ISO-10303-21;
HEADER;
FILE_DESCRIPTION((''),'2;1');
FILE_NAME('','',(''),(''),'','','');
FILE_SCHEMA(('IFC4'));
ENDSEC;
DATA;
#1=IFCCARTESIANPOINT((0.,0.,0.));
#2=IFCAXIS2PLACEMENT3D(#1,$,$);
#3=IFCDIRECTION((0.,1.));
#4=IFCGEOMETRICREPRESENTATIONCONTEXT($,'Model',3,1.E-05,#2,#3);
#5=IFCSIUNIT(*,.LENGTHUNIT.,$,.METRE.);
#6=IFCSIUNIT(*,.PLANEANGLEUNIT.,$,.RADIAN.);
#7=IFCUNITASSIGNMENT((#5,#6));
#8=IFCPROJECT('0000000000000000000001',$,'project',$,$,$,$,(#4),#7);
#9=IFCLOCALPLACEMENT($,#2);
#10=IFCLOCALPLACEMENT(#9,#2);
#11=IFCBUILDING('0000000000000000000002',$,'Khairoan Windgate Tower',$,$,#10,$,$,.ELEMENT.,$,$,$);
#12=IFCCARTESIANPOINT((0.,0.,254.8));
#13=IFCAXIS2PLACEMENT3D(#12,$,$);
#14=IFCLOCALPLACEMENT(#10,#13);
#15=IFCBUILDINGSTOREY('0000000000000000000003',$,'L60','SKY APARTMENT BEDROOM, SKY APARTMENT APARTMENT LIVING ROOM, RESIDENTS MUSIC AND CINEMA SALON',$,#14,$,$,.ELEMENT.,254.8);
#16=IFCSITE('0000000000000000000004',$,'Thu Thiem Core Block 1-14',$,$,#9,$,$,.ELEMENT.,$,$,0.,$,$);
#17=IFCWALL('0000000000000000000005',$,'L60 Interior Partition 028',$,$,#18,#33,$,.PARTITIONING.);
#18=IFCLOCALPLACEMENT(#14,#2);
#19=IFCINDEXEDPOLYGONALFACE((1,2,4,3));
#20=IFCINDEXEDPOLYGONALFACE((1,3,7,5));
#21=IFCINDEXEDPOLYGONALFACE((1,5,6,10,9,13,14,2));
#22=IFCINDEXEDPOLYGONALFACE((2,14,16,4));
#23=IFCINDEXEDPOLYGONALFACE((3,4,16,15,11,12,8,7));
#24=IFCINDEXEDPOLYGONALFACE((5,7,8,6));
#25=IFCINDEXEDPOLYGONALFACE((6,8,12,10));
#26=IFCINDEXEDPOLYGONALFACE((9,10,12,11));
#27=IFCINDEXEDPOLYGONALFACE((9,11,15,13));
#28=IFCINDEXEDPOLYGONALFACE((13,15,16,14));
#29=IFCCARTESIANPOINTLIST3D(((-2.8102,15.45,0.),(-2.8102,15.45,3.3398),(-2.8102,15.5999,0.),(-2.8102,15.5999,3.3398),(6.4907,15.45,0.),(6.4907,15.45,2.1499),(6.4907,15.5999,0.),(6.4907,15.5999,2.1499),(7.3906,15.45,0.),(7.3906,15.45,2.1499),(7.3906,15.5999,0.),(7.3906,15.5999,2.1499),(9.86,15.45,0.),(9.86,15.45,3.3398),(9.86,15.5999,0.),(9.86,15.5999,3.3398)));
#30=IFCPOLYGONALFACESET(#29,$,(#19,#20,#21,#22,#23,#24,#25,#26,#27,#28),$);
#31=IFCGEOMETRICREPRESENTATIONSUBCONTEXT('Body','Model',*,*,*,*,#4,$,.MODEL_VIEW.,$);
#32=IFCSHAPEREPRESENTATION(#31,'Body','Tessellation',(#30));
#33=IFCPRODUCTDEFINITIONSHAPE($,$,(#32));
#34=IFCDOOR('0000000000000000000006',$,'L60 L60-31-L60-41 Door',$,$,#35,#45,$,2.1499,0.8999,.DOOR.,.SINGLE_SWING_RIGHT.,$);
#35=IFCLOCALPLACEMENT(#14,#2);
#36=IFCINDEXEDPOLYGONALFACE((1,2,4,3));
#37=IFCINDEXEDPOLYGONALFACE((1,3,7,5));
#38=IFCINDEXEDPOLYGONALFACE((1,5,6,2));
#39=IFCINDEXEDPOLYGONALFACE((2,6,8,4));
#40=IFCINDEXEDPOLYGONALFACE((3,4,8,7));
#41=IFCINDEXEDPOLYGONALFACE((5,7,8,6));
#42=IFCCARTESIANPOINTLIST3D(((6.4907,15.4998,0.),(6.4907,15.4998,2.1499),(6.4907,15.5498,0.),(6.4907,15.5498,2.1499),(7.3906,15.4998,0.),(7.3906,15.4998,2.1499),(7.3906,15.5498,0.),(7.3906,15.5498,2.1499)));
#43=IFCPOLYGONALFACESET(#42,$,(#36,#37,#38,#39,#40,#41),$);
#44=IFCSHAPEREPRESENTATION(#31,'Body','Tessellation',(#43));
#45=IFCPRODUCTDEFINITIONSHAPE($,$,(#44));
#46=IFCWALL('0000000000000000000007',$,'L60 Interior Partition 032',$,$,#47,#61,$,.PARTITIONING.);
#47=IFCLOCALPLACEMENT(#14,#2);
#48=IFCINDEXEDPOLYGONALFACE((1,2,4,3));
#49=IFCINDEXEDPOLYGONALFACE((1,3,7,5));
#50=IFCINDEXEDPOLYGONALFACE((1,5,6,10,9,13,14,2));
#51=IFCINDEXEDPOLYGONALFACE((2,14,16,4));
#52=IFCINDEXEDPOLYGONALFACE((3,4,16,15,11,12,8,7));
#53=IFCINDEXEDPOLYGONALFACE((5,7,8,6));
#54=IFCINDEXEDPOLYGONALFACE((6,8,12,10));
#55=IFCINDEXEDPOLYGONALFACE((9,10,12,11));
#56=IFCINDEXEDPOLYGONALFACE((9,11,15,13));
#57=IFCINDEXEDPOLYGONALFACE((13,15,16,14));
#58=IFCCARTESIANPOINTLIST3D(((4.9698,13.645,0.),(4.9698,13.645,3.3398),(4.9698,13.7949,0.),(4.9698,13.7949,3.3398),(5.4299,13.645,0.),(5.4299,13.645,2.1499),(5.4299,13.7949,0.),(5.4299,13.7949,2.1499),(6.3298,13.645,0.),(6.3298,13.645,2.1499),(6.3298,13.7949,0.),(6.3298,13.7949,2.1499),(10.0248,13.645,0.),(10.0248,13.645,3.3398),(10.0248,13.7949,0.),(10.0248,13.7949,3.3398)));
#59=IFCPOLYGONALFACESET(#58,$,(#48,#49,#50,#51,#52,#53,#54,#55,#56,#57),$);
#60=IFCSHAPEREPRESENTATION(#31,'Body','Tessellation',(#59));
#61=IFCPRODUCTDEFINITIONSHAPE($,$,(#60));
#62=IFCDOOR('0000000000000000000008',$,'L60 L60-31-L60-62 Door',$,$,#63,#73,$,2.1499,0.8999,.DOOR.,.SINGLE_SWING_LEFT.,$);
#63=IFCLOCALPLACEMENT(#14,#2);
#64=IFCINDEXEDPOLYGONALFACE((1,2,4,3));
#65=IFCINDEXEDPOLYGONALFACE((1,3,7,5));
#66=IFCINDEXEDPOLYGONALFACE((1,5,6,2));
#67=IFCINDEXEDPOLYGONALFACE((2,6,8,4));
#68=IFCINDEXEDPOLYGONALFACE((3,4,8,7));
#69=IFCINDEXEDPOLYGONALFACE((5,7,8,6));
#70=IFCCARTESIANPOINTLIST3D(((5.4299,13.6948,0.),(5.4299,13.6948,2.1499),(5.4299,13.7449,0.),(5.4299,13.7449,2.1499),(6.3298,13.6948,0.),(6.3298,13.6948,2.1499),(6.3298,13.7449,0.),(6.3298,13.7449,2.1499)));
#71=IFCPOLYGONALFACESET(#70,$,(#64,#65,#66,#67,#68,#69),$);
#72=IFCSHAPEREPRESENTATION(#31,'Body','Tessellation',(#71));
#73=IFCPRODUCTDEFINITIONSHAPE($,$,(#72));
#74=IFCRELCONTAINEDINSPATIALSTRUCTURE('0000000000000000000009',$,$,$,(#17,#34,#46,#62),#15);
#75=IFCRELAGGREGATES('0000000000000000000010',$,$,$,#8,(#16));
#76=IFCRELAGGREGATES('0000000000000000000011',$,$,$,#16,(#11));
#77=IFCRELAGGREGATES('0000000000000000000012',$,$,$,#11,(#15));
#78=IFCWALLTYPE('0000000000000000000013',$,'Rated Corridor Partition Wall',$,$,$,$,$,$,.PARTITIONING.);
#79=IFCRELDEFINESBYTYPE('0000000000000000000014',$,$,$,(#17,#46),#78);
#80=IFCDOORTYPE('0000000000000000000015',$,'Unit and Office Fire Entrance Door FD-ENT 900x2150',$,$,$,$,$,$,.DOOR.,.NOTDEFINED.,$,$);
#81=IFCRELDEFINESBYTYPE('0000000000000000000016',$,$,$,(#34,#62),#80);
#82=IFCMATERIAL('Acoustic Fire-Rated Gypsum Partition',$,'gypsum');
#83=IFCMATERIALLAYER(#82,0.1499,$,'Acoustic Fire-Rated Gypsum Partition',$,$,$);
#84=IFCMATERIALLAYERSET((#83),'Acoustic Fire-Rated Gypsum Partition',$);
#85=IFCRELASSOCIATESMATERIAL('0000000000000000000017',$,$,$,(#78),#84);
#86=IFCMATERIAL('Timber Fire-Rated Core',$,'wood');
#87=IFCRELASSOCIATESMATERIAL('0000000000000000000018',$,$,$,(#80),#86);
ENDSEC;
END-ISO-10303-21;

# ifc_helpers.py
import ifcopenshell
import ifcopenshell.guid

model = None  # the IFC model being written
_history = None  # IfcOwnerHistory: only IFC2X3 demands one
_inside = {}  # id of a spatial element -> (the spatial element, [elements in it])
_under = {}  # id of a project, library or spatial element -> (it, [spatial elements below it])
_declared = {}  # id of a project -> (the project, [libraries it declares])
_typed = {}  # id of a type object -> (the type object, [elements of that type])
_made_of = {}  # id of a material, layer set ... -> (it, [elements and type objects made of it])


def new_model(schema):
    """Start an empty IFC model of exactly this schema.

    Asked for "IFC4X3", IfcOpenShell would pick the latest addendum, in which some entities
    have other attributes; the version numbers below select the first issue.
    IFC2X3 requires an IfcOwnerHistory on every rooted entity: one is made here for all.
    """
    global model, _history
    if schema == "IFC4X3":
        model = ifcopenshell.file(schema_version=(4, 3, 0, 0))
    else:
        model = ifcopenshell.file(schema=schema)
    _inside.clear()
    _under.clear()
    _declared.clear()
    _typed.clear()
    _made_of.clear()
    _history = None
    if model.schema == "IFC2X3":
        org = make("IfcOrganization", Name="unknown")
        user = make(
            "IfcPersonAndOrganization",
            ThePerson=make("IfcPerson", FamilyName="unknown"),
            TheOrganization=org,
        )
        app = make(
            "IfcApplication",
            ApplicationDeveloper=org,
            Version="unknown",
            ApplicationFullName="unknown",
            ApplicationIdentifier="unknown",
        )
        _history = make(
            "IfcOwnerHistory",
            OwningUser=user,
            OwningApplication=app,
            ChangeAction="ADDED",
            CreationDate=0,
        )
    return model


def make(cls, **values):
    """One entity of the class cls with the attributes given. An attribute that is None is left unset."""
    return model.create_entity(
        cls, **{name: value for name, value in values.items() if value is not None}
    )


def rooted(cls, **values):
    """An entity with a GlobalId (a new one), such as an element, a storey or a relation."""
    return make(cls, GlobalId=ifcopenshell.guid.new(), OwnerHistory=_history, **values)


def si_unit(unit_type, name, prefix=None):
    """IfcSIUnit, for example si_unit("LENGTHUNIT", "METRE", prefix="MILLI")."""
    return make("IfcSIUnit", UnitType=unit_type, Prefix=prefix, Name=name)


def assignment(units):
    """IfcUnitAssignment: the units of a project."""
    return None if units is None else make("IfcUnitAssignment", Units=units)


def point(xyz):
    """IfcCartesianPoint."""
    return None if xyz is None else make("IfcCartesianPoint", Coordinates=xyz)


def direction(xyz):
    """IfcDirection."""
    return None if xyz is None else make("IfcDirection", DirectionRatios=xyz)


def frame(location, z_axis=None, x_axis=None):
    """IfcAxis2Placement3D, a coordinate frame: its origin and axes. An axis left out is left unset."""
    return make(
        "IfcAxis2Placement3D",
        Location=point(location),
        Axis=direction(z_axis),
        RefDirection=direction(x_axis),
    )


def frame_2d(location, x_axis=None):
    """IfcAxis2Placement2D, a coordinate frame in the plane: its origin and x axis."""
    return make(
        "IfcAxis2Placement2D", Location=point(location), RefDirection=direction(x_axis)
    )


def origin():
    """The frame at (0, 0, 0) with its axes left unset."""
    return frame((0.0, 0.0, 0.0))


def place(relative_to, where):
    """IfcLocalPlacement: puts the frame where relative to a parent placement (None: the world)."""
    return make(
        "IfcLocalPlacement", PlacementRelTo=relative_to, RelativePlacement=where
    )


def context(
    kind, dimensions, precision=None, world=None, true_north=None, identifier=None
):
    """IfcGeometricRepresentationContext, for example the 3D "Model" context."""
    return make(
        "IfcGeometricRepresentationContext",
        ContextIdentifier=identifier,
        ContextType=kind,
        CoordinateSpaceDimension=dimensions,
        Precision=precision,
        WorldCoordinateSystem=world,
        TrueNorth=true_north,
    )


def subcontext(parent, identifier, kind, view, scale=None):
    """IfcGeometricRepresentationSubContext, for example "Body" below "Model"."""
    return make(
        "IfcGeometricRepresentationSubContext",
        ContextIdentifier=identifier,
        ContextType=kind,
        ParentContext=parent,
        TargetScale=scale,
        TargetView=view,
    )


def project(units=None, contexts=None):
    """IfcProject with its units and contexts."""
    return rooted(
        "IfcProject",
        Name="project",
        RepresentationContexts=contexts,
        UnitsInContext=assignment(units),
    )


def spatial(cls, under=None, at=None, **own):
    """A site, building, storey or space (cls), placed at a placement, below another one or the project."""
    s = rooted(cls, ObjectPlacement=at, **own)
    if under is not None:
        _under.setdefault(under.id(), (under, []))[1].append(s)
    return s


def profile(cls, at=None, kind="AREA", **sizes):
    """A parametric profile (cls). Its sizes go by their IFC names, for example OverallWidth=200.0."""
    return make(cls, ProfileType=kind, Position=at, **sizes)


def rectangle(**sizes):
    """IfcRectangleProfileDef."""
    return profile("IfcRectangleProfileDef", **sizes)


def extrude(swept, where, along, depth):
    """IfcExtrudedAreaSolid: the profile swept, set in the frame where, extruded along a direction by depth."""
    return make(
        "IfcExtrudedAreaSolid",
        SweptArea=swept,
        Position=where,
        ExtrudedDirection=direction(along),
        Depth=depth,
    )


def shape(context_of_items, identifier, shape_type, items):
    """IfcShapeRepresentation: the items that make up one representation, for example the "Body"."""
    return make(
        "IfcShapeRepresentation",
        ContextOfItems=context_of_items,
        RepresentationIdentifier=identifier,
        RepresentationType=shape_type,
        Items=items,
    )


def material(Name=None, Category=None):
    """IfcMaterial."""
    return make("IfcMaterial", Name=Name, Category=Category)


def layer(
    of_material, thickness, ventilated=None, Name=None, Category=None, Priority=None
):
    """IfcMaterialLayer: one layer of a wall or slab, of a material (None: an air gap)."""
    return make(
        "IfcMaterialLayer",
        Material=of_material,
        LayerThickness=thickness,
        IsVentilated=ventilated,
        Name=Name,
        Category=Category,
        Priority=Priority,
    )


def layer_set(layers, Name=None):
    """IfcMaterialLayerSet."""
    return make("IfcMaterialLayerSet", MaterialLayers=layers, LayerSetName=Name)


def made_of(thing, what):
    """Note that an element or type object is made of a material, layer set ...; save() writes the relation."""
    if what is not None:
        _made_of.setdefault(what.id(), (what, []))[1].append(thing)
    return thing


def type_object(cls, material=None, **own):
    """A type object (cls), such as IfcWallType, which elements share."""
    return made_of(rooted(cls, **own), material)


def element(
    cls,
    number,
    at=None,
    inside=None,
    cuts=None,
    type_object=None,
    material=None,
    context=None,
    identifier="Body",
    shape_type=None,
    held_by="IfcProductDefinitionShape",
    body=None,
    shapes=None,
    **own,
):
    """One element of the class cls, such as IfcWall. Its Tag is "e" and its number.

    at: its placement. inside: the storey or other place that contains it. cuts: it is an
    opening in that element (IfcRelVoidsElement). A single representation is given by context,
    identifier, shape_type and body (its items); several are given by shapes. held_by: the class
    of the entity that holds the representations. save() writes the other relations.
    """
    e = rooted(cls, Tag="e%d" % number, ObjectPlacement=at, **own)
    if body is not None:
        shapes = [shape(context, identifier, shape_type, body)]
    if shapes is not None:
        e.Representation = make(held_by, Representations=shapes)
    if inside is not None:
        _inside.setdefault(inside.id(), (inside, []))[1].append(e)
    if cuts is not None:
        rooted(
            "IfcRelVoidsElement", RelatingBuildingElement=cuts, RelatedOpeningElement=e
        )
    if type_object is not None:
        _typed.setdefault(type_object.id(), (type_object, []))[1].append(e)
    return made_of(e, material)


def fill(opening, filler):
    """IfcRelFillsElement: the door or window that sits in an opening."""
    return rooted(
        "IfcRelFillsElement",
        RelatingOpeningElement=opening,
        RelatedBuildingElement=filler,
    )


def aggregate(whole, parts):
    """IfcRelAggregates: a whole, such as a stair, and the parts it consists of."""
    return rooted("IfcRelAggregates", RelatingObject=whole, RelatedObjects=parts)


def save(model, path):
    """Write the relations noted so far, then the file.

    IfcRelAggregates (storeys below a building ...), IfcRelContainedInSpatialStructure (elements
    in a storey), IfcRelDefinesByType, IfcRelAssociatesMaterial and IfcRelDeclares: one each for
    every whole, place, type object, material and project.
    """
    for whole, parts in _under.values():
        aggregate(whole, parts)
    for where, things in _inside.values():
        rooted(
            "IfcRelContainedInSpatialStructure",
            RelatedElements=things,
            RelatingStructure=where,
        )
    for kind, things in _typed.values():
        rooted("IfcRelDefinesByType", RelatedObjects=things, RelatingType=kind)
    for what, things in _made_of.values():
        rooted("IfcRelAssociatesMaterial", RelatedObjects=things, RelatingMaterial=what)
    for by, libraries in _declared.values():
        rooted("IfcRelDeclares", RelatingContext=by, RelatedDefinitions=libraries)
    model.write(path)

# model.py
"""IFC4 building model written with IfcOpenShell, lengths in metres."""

from ifc_helpers import new_model, si_unit, direction, frame, frame_2d, origin, place, context, subcontext, project, spatial, rectangle, extrude, material, layer, layer_set, type_object, element, fill, save


model = new_model("IFC4")

# Units and contexts
model_context = context("Model", 3, precision=1e-05, world=origin(), true_north=direction((0.0, 1.0)))
body_context = subcontext(model_context, "Body", "Model", "MODEL_VIEW")
ifc_project = project(units=[si_unit("LENGTHUNIT", "METRE"), si_unit("PLANEANGLEUNIT", "RADIAN")], contexts=[model_context])

# Site, building, storey
site_placement = place(None, origin())
site = spatial("IfcSite", under=ifc_project, at=site_placement, Name="Thu Thiem Core Block 1-14", CompositionType="ELEMENT", RefElevation=0.0)
building_placement = place(site_placement, origin())
building = spatial("IfcBuilding", under=site, at=building_placement, Name="Khairoan Windgate Tower", CompositionType="ELEMENT")
storey_placement = place(building_placement, frame((0.0, 0.0, 254.8)))
storey = spatial("IfcBuildingStorey", under=building, at=storey_placement, Name="L60", Description="SKY APARTMENT BEDROOM, SKY APARTMENT APARTMENT LIVING ROOM, RESIDENTS MUSIC AND CINEMA SALON", CompositionType="ELEMENT", Elevation=254.8)

# Shared definitions
ifc_material_1 = material(Name="Acoustic Fire-Rated Gypsum Partition", Category="gypsum")
ifc_layer_1 = layer(ifc_material_1, 0.1499, Name="Acoustic Fire-Rated Gypsum Partition")
ifc_layer_set_1 = layer_set([ifc_layer_1], Name="Acoustic Fire-Rated Gypsum Partition")
wall_type_1 = type_object("IfcWallType", Name="Rated Corridor Partition Wall", PredefinedType="PARTITIONING", material=ifc_layer_set_1)
ifc_material_2 = material(Name="Timber Fire-Rated Core", Category="wood")
door_type = type_object("IfcDoorType", Name="Unit and Office Fire Entrance Door FD-ENT 900x2150", OperationType="NOTDEFINED", PredefinedType="DOOR", material=ifc_material_2)

# Walls, openings, doors
wall_1_placement = place(storey_placement, frame((-2.8101, 15.5249, 0.0), z_axis=(0.0, 0.0, 1.0), x_axis=(1.0, 0.0, 0.0)))
wall_1 = element("IfcWall", 1, at=wall_1_placement, inside=storey, type_object=wall_type_1, Name="L60 Interior Partition 028", PredefinedType="PARTITIONING", context=body_context, shape_type="SweptSolid", body=[
    extrude(rectangle(XDim=12.6702, YDim=0.1499, at=frame_2d((6.335, 0.0))), origin(), (0.0, 0.0, 1.0), 3.3398),
])
opening_1_placement = place(wall_1_placement, frame((9.3008, 0.0, 0.0)))
opening_1 = element("IfcOpeningElement", 2, at=opening_1_placement, cuts=wall_1, PredefinedType="OPENING", context=body_context, shape_type="SweptSolid", body=[
    extrude(rectangle(XDim=0.8999, YDim=2.1499, at=frame_2d((0.45, 1.075))), frame((0.0, 0.085, 0.0), z_axis=(0.0, -1.0, 0.0), x_axis=(1.0, 0.0, 0.0)), (0.0, 0.0, 1.0), 0.1699),
])
door_1_placement = place(opening_1_placement, origin())
door_1 = element("IfcDoor", 3, at=door_1_placement, inside=storey, type_object=door_type, Name="L60 L60-31-L60-41 Door", OperationType="SINGLE_SWING_RIGHT", OverallHeight=2.1499, OverallWidth=0.8999, PredefinedType="DOOR", context=body_context, shape_type="SweptSolid", body=[
    extrude(rectangle(XDim=0.8999, YDim=2.1499, at=frame_2d((0.45, 1.075))), frame((0.0, 0.0249, 0.0), z_axis=(0.0, -1.0, 0.0), x_axis=(1.0, 0.0, 0.0)), (0.0, 0.0, 1.0), 0.05),
])
fill(opening_1, door_1)
wall_2_placement = place(storey_placement, frame((4.97, 13.72, 0.0), z_axis=(0.0, 0.0, 1.0), x_axis=(1.0, 0.0, 0.0)))
wall_2 = element("IfcWall", 4, at=wall_2_placement, inside=storey, type_object=wall_type_1, Name="L60 Interior Partition 032", PredefinedType="PARTITIONING", context=body_context, shape_type="SweptSolid", body=[
    extrude(rectangle(XDim=5.0549, YDim=0.1499, at=frame_2d((2.5273, 0.0))), origin(), (0.0, 0.0, 1.0), 3.3398),
])
opening_2_placement = place(wall_2_placement, frame((0.46, 0.0, 0.0)))
opening_2 = element("IfcOpeningElement", 5, at=opening_2_placement, cuts=wall_2, PredefinedType="OPENING", context=body_context, shape_type="SweptSolid", body=[
    extrude(rectangle(XDim=0.8999, YDim=2.1499, at=frame_2d((0.45, 1.075))), frame((0.0, 0.085, 0.0), z_axis=(0.0, -1.0, 0.0), x_axis=(1.0, 0.0, 0.0)), (0.0, 0.0, 1.0), 0.1699),
])
door_2_placement = place(opening_2_placement, origin())
door_2 = element("IfcDoor", 6, at=door_2_placement, inside=storey, type_object=door_type, Name="L60 L60-31-L60-62 Door", OperationType="SINGLE_SWING_LEFT", OverallHeight=2.1499, OverallWidth=0.8999, PredefinedType="DOOR", context=body_context, shape_type="SweptSolid", body=[
    extrude(rectangle(XDim=0.8999, YDim=2.1499, at=frame_2d((0.45, 1.075))), frame((0.0, 0.0249, 0.0), z_axis=(0.0, -1.0, 0.0), x_axis=(1.0, 0.0, 0.0)), (0.0, 0.0, 1.0), 0.05),
])
fill(opening_2, door_2)

save(model, "model.ifc")
